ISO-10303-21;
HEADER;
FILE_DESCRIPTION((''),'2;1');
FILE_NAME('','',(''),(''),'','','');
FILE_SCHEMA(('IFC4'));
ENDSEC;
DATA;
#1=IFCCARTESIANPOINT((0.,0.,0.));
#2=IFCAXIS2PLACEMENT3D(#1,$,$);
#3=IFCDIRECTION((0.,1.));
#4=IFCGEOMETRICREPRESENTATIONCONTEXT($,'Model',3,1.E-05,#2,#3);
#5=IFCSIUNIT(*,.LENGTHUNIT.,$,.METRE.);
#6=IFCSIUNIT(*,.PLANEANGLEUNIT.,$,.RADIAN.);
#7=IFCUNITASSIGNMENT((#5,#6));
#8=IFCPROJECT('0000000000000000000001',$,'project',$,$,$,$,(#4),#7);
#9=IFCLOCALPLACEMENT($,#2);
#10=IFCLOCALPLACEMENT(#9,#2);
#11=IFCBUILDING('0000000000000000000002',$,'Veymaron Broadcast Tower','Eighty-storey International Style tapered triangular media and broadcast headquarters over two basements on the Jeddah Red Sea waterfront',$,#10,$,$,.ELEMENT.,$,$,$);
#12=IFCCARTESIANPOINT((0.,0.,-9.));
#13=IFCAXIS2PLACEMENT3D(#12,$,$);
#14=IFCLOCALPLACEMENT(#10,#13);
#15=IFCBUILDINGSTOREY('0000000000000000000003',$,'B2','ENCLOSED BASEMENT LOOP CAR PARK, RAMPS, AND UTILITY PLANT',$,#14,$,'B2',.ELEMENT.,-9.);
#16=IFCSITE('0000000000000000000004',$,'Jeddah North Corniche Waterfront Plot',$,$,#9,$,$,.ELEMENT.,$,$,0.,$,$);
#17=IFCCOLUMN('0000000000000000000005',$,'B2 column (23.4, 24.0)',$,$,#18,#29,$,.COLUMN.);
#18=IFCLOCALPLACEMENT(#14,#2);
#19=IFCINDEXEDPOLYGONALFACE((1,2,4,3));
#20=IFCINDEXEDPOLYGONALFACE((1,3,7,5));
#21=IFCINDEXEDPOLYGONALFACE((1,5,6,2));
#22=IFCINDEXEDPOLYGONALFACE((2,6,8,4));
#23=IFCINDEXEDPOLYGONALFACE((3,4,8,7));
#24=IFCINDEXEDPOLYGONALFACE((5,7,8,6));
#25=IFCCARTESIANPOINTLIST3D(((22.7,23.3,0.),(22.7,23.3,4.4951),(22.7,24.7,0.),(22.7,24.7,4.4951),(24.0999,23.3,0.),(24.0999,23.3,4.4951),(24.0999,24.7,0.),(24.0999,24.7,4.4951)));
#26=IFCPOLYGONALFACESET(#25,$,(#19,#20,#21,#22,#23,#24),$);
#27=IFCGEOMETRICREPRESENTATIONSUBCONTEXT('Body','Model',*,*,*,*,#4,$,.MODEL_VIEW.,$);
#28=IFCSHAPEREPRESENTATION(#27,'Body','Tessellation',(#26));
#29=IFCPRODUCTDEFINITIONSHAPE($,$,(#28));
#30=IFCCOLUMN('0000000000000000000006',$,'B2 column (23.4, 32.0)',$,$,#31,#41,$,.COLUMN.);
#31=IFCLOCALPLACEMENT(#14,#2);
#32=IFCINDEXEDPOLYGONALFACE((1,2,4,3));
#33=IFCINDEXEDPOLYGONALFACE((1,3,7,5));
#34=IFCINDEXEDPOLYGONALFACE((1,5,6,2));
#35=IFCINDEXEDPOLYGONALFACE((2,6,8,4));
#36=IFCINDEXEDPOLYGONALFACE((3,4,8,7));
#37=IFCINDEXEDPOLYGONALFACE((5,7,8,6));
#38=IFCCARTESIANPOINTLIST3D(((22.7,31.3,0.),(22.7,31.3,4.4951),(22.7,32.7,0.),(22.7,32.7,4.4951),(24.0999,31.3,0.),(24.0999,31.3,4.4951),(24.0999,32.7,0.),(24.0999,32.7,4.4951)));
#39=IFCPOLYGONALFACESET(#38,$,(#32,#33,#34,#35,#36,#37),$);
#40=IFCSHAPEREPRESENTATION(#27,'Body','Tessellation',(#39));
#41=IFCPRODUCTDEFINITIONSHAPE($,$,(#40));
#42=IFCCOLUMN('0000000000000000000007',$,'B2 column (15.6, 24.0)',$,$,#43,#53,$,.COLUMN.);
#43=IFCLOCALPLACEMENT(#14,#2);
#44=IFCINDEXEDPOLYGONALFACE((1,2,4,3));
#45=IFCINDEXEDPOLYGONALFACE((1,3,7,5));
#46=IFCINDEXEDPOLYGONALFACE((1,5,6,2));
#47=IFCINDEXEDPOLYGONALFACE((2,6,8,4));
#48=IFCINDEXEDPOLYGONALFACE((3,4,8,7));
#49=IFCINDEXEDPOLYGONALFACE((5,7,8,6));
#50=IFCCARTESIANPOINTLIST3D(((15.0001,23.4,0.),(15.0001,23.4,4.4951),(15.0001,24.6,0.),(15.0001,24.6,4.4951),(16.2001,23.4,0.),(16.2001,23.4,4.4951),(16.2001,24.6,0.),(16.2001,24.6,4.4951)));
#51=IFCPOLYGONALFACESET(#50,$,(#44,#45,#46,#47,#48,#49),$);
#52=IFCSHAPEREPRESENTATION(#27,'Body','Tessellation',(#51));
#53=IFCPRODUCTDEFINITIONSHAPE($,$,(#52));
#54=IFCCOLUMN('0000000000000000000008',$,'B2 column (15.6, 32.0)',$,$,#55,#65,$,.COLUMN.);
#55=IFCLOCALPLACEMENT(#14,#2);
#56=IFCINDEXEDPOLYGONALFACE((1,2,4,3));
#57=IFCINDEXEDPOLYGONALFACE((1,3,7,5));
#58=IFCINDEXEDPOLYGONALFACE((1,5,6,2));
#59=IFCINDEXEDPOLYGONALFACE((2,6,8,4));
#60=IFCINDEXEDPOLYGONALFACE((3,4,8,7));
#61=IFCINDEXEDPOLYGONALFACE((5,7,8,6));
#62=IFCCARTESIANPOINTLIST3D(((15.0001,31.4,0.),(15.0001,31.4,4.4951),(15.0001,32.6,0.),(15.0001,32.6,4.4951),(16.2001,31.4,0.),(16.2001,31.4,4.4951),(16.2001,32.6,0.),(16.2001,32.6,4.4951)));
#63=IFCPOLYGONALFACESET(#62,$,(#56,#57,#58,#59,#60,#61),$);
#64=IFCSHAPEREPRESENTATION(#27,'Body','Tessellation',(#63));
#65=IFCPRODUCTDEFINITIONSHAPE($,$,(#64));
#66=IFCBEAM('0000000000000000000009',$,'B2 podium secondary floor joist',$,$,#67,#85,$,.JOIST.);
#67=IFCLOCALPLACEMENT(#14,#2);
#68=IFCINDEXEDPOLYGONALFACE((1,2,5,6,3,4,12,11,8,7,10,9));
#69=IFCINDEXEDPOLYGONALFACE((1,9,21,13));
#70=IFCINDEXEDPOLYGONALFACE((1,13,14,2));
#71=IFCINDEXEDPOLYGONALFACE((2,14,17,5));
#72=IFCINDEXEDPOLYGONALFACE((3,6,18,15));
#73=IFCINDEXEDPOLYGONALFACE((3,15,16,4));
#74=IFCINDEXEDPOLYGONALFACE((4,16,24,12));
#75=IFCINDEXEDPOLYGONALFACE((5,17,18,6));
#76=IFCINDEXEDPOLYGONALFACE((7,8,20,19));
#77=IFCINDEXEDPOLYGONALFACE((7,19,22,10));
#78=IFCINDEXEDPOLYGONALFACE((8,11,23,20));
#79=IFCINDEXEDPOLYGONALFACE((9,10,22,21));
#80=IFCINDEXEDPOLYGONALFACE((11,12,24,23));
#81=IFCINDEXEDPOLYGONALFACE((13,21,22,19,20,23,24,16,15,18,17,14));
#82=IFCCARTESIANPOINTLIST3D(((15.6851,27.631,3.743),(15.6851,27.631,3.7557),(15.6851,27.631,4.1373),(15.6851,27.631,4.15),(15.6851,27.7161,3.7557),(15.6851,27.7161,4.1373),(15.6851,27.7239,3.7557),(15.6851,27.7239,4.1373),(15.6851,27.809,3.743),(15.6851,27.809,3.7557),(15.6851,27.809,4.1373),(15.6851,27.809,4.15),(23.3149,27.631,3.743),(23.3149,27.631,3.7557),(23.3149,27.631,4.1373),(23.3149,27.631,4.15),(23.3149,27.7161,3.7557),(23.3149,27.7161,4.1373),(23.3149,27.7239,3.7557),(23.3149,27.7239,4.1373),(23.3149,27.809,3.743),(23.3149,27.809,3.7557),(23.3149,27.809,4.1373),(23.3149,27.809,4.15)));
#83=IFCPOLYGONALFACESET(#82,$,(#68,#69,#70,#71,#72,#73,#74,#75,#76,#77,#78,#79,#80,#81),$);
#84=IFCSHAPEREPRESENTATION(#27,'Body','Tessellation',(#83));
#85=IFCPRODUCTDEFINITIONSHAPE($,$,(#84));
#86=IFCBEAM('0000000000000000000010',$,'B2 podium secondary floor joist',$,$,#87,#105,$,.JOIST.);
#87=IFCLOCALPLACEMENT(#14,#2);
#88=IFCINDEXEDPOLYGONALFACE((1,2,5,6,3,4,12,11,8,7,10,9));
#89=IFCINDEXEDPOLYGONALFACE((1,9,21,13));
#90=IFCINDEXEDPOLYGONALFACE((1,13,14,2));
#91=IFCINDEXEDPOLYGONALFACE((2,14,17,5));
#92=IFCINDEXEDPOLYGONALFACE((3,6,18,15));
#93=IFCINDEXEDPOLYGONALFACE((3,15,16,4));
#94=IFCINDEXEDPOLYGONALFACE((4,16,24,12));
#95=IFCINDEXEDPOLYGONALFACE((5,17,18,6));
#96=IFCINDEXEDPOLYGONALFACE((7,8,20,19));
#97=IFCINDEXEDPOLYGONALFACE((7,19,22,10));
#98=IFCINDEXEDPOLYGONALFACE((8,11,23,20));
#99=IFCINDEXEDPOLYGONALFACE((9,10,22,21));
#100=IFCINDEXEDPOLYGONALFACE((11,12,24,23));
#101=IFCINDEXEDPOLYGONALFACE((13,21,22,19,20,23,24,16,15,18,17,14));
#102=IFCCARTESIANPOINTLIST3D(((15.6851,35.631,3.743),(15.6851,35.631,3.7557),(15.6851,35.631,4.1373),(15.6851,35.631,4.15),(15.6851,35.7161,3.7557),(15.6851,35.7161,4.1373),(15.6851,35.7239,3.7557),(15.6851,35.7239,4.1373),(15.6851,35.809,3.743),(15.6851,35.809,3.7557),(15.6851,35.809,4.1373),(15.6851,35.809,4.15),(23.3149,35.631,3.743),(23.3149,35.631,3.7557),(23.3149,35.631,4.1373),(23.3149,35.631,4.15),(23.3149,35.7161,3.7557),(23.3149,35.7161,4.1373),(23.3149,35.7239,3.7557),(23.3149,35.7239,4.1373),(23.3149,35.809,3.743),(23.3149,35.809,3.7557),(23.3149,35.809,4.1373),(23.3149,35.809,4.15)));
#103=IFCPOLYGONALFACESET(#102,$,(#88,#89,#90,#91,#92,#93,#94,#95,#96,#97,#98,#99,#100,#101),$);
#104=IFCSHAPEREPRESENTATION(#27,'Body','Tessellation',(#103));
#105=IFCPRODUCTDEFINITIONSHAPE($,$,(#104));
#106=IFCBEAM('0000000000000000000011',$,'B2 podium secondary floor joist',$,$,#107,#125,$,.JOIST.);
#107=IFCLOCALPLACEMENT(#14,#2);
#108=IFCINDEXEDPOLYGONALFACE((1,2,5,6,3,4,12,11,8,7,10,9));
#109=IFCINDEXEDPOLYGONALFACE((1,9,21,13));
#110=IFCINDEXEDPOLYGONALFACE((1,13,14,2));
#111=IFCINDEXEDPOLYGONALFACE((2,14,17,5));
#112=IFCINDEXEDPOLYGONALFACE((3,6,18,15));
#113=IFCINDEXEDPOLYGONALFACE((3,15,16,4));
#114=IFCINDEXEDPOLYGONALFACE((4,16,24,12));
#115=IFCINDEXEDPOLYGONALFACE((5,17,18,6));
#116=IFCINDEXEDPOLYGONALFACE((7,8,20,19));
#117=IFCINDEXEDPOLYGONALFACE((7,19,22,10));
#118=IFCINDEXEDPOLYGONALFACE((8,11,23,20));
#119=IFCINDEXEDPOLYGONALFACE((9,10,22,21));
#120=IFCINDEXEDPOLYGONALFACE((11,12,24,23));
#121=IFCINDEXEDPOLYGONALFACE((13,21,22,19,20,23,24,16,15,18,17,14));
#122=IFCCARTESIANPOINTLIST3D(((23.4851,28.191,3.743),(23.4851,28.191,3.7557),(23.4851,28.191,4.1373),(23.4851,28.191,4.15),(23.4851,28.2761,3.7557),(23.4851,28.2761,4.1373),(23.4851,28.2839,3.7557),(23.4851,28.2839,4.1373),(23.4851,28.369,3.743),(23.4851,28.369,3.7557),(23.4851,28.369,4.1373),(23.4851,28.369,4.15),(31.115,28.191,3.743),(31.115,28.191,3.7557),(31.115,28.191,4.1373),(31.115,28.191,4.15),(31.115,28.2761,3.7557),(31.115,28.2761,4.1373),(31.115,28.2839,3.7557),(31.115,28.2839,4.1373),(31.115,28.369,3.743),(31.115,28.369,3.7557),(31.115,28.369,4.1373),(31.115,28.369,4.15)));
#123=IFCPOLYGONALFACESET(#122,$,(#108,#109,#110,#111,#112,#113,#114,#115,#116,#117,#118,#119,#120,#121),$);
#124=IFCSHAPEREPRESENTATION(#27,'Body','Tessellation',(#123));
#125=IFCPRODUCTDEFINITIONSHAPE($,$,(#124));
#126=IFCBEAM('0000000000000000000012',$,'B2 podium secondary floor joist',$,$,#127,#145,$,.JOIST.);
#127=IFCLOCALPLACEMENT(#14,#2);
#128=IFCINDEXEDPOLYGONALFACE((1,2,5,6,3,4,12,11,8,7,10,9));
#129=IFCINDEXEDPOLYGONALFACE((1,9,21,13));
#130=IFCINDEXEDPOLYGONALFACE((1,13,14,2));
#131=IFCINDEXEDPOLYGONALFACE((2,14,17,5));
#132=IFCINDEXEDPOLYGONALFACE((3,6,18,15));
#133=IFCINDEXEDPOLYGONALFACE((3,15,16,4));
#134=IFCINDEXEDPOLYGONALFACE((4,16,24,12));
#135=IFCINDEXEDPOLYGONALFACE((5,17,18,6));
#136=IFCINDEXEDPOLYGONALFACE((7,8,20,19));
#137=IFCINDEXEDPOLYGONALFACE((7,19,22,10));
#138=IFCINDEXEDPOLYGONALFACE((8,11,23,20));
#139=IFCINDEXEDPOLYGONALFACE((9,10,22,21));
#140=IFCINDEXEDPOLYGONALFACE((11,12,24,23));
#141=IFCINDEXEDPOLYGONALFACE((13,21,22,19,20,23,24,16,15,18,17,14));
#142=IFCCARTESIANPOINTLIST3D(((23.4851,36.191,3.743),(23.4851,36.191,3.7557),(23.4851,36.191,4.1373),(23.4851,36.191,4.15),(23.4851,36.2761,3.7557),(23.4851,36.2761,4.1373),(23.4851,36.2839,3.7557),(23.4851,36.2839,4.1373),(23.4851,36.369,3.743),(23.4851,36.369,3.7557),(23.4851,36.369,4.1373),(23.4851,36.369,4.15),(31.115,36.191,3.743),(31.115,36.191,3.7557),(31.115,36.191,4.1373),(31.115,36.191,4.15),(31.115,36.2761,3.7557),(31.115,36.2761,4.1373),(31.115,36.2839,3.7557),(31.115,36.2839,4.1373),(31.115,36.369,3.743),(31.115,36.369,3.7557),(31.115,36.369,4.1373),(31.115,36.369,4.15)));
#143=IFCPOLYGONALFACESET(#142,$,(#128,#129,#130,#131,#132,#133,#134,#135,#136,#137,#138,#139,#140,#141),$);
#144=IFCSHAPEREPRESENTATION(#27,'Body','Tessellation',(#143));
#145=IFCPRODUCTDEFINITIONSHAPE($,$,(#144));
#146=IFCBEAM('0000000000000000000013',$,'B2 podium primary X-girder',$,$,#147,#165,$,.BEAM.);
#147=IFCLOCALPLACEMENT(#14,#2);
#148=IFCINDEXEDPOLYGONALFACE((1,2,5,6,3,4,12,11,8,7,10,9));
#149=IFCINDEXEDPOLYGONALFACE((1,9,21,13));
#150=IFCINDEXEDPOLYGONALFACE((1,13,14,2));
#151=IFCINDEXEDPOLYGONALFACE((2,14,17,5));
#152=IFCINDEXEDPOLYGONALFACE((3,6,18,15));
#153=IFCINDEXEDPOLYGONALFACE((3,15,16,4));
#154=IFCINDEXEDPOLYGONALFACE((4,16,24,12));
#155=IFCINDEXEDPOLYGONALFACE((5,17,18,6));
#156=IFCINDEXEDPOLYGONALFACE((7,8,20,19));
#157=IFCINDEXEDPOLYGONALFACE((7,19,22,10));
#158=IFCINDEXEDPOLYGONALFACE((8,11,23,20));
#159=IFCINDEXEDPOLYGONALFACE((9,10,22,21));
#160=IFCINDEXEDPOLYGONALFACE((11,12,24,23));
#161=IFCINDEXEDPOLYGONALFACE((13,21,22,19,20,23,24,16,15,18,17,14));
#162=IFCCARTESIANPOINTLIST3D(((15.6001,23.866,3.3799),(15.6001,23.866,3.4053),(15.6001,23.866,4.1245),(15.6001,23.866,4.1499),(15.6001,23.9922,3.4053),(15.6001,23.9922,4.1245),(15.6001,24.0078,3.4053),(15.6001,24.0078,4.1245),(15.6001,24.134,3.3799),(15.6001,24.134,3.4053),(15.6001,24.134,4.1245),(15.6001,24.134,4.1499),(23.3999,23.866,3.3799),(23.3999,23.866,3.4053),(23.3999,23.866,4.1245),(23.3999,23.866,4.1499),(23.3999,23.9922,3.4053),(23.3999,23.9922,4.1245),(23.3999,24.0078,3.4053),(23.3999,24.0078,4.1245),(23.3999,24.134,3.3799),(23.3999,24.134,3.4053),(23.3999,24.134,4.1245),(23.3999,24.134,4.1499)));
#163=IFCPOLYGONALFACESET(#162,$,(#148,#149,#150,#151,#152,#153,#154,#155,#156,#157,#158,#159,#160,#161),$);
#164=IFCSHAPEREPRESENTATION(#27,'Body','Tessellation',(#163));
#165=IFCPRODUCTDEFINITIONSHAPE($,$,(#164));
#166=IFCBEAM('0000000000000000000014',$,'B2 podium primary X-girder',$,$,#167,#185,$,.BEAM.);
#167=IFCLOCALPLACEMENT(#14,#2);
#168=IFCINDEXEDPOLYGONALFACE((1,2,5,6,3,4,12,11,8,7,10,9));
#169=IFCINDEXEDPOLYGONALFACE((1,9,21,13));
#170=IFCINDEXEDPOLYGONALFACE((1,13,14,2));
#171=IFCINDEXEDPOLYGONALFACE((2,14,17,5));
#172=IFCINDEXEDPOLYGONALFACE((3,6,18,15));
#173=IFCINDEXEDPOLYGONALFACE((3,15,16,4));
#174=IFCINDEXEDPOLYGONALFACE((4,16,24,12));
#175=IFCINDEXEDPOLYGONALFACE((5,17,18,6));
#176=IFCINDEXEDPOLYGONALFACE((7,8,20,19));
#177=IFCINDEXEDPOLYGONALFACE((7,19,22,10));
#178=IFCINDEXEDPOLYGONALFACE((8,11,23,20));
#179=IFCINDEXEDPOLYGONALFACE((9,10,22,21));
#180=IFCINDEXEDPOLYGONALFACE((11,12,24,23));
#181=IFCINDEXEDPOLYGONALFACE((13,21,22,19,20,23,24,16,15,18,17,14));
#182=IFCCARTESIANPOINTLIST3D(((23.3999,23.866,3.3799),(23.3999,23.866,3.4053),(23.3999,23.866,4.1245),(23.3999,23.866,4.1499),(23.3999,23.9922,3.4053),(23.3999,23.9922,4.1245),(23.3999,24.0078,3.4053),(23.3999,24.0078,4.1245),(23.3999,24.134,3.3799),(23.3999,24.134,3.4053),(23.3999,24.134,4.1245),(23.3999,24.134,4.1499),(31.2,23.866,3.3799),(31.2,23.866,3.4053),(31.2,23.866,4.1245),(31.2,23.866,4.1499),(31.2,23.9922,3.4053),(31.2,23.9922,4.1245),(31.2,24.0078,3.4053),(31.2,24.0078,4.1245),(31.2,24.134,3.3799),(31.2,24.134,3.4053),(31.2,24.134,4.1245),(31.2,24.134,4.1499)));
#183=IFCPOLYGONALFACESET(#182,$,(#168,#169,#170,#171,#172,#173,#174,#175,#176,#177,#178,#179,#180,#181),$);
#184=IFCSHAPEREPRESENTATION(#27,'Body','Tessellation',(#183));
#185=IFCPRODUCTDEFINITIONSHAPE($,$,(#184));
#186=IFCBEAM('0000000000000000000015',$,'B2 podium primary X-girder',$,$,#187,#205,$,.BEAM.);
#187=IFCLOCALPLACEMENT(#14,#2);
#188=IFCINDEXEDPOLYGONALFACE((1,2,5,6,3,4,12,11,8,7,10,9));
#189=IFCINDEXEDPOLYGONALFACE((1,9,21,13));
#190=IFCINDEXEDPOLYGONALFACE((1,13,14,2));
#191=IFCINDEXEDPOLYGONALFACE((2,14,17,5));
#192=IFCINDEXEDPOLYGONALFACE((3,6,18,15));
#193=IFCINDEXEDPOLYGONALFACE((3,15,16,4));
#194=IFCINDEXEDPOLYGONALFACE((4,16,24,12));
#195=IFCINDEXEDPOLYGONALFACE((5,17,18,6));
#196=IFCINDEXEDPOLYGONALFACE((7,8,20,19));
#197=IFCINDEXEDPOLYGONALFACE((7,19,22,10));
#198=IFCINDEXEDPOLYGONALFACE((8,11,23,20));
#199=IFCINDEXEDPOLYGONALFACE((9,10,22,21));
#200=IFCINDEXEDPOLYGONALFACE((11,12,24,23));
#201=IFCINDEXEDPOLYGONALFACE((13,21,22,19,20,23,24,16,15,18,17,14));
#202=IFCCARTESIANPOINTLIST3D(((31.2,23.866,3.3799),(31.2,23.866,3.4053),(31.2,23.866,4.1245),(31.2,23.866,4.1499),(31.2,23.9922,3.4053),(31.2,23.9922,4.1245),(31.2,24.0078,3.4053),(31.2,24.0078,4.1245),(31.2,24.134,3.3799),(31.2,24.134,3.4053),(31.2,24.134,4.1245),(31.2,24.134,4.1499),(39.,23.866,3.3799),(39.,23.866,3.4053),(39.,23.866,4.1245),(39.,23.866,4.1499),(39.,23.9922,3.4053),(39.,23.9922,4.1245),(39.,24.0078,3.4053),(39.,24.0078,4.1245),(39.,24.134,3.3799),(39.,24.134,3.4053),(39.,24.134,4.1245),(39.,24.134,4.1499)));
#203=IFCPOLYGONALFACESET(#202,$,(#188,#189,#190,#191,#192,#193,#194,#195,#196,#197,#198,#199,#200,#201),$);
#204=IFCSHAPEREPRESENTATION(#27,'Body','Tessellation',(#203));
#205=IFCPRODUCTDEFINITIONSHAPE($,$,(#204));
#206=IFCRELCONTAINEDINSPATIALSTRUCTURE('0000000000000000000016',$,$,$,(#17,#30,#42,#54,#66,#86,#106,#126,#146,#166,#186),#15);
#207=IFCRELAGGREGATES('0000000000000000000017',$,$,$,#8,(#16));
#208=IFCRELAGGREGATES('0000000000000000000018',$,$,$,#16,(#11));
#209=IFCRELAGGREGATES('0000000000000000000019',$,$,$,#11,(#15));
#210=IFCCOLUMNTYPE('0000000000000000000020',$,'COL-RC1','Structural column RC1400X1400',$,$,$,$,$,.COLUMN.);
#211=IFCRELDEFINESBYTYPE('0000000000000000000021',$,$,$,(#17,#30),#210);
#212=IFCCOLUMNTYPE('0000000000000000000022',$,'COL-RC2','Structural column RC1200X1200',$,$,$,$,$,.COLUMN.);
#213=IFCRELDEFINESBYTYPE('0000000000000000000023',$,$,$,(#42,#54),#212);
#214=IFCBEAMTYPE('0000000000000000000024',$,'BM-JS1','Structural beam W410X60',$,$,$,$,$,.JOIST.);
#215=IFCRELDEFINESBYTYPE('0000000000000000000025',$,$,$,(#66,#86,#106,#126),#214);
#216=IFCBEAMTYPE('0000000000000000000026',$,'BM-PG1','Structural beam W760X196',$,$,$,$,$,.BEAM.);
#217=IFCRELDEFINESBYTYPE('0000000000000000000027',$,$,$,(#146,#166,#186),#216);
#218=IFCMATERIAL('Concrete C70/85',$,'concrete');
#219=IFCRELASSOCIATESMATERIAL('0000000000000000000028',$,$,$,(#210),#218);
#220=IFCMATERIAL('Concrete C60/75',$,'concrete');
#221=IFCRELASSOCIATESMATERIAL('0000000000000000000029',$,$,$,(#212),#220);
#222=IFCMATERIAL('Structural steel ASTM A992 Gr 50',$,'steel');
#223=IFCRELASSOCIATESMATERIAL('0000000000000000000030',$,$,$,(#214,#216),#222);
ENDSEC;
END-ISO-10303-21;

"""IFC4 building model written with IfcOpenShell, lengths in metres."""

from ifc_helpers import new_model, si_unit, direction, frame, origin, origin_2d, place, context, subcontext, project, spatial, rectangle, i_section, extrude, material, material_profile, profile_set, type_object, element, save


model = new_model("IFC4")

# Units and contexts
model_context = context("Model", 3, precision=1e-05, world=origin(), true_north=direction((0.0, 1.0)))
body_context = subcontext(model_context, "Body", "Model", "MODEL_VIEW")
ifc_project = project(units=[si_unit("LENGTHUNIT", "METRE"), si_unit("PLANEANGLEUNIT", "RADIAN")], contexts=[model_context])

# Site, building, storey
site_placement = place(None, origin())
site = spatial("IfcSite", under=ifc_project, at=site_placement, Name="Jeddah North Corniche Waterfront Plot", CompositionType="ELEMENT", RefElevation=0.0)
building_placement = place(site_placement, origin())
building = spatial("IfcBuilding", under=site, at=building_placement, Name="Veymaron Broadcast Tower", Description="Eighty-storey International Style tapered triangular media and broadcast headquarters over two basements on the Jeddah Red Sea waterfront", CompositionType="ELEMENT")
storey_placement = place(building_placement, frame((0.0, 0.0, -9.0)))
storey = spatial("IfcBuildingStorey", under=building, at=storey_placement, Name="B2", Description="ENCLOSED BASEMENT LOOP CAR PARK, RAMPS, AND UTILITY PLANT", LongName="B2", CompositionType="ELEMENT", Elevation=-9.0)

# Columns
ifc_material_1 = material(Name="Concrete C70/85", Category="concrete")
ifc_material_profile_1 = material_profile(ifc_material_1, rectangle(XDim=1.3999, YDim=1.3999, at=origin_2d()), Name="RC1400X1400")
ifc_profile_set_1 = profile_set([ifc_material_profile_1], Name="Concrete C70/85")
column_type_1 = type_object("IfcColumnType", Name="COL-RC1", Description="Structural column RC1400X1400", PredefinedType="COLUMN", material=ifc_profile_set_1)
for number, where, z_axis, x_axis, name in (
    (1, (23.3999, 24.0, 0.0), (0.0, 0.0, 1.0), (1.0, 0.0, 0.0), "B2 column (23.4, 24.0)"),
    (2, (23.3999, 32.0, 0.0), (0.0, 0.0, 1.0), (1.0, 0.0, 0.0), "B2 column (23.4, 32.0)"),
):
    element("IfcColumn", number, at=place(storey_placement, frame(where, z_axis=z_axis, x_axis=x_axis)), inside=storey, type_object=column_type_1, Name=name, PredefinedType="COLUMN", context=body_context, shape_type="SweptSolid", body=[
        extrude(rectangle(XDim=1.3999, YDim=1.3999, at=origin_2d()), origin(), (0.0, 0.0, 1.0), 4.4951),
    ])
ifc_material_2 = material(Name="Concrete C60/75", Category="concrete")
ifc_material_profile_2 = material_profile(ifc_material_2, rectangle(XDim=1.2, YDim=1.2, at=origin_2d()), Name="RC1200X1200")
ifc_profile_set_2 = profile_set([ifc_material_profile_2], Name="Concrete C60/75")
column_type_2 = type_object("IfcColumnType", Name="COL-RC2", Description="Structural column RC1200X1200", PredefinedType="COLUMN", material=ifc_profile_set_2)
for number, where, z_axis, x_axis, name in (
    (3, (15.6001, 24.0, 0.0), (0.0, 0.0, 1.0), (1.0, 0.0, 0.0), "B2 column (15.6, 24.0)"),
    (4, (15.6001, 32.0, 0.0), (0.0, 0.0, 1.0), (1.0, 0.0, 0.0), "B2 column (15.6, 32.0)"),
):
    element("IfcColumn", number, at=place(storey_placement, frame(where, z_axis=z_axis, x_axis=x_axis)), inside=storey, type_object=column_type_2, Name=name, PredefinedType="COLUMN", context=body_context, shape_type="SweptSolid", body=[
        extrude(rectangle(XDim=1.2, YDim=1.2, at=origin_2d()), origin(), (0.0, 0.0, 1.0), 4.4951),
    ])

# Beams
ifc_material_3 = material(Name="Structural steel ASTM A992 Gr 50", Category="steel")
ifc_material_profile_3 = material_profile(ifc_material_3, i_section(OverallWidth=0.178, OverallDepth=0.407, WebThickness=0.0078, FlangeThickness=0.0127, at=origin_2d()), Name="W410X60")
ifc_profile_set_3 = profile_set([ifc_material_profile_3], Name="Structural steel ASTM A992 Gr 50")
beam_type_1 = type_object("IfcBeamType", Name="BM-JS1", Description="Structural beam W410X60", PredefinedType="JOIST", material=ifc_profile_set_3)
for number, where, z_axis, x_axis, name in (
    (5, (15.6851, 27.72, 3.9465), (1.0, 0.0, 0.0), (0.0, 1.0, 0.0), "B2 podium secondary floor joist"),
    (6, (15.6851, 35.72, 3.9465), (1.0, 0.0, 0.0), (0.0, 1.0, 0.0), "B2 podium secondary floor joist"),
    (7, (23.4851, 28.28, 3.9465), (1.0, 0.0, 0.0), (0.0, 1.0, 0.0), "B2 podium secondary floor joist"),
    (8, (23.4851, 36.28, 3.9465), (1.0, 0.0, 0.0), (0.0, 1.0, 0.0), "B2 podium secondary floor joist"),
):
    element("IfcBeam", number, at=place(storey_placement, frame(where, z_axis=z_axis, x_axis=x_axis)), inside=storey, type_object=beam_type_1, Name=name, PredefinedType="JOIST", context=body_context, shape_type="SweptSolid", body=[
        extrude(i_section(OverallWidth=0.178, OverallDepth=0.407, WebThickness=0.0078, FlangeThickness=0.0127, at=origin_2d()), origin(), (0.0, 0.0, 1.0), 7.6299),
    ])
ifc_material_profile_4 = material_profile(ifc_material_3, i_section(OverallWidth=0.2681, OverallDepth=0.77, WebThickness=0.0156, FlangeThickness=0.0254, at=origin_2d()), Name="W760X196")
ifc_profile_set_4 = profile_set([ifc_material_profile_4], Name="Structural steel ASTM A992 Gr 50")
beam_type_2 = type_object("IfcBeamType", Name="BM-PG1", Description="Structural beam W760X196", PredefinedType="BEAM", material=ifc_profile_set_4)
beam_1_placement = place(storey_placement, frame((15.6001, 24.0, 3.7649), z_axis=(1.0, 0.0, 0.0), x_axis=(0.0, 1.0, 0.0)))
element("IfcBeam", 9, at=beam_1_placement, inside=storey, type_object=beam_type_2, Name="B2 podium primary X-girder", PredefinedType="BEAM", context=body_context, shape_type="SweptSolid", body=[
    extrude(i_section(OverallWidth=0.2681, OverallDepth=0.77, WebThickness=0.0156, FlangeThickness=0.0254, at=origin_2d()), origin(), (0.0, 0.0, 1.0), 7.7998),
])
for number, where, z_axis, x_axis, name in (
    (10, (23.3999, 24.0, 3.7649), (1.0, 0.0, 0.0), (0.0, 1.0, 0.0), "B2 podium primary X-girder"),
    (11, (31.2, 24.0, 3.7649), (1.0, 0.0, 0.0), (0.0, 1.0, 0.0), "B2 podium primary X-girder"),
):
    element("IfcBeam", number, at=place(storey_placement, frame(where, z_axis=z_axis, x_axis=x_axis)), inside=storey, type_object=beam_type_2, Name=name, PredefinedType="BEAM", context=body_context, shape_type="SweptSolid", body=[
        extrude(i_section(OverallWidth=0.2681, OverallDepth=0.77, WebThickness=0.0156, FlangeThickness=0.0254, at=origin_2d()), origin(), (0.0, 0.0, 1.0), 7.8),
    ])

save(model, "model.ifc")
